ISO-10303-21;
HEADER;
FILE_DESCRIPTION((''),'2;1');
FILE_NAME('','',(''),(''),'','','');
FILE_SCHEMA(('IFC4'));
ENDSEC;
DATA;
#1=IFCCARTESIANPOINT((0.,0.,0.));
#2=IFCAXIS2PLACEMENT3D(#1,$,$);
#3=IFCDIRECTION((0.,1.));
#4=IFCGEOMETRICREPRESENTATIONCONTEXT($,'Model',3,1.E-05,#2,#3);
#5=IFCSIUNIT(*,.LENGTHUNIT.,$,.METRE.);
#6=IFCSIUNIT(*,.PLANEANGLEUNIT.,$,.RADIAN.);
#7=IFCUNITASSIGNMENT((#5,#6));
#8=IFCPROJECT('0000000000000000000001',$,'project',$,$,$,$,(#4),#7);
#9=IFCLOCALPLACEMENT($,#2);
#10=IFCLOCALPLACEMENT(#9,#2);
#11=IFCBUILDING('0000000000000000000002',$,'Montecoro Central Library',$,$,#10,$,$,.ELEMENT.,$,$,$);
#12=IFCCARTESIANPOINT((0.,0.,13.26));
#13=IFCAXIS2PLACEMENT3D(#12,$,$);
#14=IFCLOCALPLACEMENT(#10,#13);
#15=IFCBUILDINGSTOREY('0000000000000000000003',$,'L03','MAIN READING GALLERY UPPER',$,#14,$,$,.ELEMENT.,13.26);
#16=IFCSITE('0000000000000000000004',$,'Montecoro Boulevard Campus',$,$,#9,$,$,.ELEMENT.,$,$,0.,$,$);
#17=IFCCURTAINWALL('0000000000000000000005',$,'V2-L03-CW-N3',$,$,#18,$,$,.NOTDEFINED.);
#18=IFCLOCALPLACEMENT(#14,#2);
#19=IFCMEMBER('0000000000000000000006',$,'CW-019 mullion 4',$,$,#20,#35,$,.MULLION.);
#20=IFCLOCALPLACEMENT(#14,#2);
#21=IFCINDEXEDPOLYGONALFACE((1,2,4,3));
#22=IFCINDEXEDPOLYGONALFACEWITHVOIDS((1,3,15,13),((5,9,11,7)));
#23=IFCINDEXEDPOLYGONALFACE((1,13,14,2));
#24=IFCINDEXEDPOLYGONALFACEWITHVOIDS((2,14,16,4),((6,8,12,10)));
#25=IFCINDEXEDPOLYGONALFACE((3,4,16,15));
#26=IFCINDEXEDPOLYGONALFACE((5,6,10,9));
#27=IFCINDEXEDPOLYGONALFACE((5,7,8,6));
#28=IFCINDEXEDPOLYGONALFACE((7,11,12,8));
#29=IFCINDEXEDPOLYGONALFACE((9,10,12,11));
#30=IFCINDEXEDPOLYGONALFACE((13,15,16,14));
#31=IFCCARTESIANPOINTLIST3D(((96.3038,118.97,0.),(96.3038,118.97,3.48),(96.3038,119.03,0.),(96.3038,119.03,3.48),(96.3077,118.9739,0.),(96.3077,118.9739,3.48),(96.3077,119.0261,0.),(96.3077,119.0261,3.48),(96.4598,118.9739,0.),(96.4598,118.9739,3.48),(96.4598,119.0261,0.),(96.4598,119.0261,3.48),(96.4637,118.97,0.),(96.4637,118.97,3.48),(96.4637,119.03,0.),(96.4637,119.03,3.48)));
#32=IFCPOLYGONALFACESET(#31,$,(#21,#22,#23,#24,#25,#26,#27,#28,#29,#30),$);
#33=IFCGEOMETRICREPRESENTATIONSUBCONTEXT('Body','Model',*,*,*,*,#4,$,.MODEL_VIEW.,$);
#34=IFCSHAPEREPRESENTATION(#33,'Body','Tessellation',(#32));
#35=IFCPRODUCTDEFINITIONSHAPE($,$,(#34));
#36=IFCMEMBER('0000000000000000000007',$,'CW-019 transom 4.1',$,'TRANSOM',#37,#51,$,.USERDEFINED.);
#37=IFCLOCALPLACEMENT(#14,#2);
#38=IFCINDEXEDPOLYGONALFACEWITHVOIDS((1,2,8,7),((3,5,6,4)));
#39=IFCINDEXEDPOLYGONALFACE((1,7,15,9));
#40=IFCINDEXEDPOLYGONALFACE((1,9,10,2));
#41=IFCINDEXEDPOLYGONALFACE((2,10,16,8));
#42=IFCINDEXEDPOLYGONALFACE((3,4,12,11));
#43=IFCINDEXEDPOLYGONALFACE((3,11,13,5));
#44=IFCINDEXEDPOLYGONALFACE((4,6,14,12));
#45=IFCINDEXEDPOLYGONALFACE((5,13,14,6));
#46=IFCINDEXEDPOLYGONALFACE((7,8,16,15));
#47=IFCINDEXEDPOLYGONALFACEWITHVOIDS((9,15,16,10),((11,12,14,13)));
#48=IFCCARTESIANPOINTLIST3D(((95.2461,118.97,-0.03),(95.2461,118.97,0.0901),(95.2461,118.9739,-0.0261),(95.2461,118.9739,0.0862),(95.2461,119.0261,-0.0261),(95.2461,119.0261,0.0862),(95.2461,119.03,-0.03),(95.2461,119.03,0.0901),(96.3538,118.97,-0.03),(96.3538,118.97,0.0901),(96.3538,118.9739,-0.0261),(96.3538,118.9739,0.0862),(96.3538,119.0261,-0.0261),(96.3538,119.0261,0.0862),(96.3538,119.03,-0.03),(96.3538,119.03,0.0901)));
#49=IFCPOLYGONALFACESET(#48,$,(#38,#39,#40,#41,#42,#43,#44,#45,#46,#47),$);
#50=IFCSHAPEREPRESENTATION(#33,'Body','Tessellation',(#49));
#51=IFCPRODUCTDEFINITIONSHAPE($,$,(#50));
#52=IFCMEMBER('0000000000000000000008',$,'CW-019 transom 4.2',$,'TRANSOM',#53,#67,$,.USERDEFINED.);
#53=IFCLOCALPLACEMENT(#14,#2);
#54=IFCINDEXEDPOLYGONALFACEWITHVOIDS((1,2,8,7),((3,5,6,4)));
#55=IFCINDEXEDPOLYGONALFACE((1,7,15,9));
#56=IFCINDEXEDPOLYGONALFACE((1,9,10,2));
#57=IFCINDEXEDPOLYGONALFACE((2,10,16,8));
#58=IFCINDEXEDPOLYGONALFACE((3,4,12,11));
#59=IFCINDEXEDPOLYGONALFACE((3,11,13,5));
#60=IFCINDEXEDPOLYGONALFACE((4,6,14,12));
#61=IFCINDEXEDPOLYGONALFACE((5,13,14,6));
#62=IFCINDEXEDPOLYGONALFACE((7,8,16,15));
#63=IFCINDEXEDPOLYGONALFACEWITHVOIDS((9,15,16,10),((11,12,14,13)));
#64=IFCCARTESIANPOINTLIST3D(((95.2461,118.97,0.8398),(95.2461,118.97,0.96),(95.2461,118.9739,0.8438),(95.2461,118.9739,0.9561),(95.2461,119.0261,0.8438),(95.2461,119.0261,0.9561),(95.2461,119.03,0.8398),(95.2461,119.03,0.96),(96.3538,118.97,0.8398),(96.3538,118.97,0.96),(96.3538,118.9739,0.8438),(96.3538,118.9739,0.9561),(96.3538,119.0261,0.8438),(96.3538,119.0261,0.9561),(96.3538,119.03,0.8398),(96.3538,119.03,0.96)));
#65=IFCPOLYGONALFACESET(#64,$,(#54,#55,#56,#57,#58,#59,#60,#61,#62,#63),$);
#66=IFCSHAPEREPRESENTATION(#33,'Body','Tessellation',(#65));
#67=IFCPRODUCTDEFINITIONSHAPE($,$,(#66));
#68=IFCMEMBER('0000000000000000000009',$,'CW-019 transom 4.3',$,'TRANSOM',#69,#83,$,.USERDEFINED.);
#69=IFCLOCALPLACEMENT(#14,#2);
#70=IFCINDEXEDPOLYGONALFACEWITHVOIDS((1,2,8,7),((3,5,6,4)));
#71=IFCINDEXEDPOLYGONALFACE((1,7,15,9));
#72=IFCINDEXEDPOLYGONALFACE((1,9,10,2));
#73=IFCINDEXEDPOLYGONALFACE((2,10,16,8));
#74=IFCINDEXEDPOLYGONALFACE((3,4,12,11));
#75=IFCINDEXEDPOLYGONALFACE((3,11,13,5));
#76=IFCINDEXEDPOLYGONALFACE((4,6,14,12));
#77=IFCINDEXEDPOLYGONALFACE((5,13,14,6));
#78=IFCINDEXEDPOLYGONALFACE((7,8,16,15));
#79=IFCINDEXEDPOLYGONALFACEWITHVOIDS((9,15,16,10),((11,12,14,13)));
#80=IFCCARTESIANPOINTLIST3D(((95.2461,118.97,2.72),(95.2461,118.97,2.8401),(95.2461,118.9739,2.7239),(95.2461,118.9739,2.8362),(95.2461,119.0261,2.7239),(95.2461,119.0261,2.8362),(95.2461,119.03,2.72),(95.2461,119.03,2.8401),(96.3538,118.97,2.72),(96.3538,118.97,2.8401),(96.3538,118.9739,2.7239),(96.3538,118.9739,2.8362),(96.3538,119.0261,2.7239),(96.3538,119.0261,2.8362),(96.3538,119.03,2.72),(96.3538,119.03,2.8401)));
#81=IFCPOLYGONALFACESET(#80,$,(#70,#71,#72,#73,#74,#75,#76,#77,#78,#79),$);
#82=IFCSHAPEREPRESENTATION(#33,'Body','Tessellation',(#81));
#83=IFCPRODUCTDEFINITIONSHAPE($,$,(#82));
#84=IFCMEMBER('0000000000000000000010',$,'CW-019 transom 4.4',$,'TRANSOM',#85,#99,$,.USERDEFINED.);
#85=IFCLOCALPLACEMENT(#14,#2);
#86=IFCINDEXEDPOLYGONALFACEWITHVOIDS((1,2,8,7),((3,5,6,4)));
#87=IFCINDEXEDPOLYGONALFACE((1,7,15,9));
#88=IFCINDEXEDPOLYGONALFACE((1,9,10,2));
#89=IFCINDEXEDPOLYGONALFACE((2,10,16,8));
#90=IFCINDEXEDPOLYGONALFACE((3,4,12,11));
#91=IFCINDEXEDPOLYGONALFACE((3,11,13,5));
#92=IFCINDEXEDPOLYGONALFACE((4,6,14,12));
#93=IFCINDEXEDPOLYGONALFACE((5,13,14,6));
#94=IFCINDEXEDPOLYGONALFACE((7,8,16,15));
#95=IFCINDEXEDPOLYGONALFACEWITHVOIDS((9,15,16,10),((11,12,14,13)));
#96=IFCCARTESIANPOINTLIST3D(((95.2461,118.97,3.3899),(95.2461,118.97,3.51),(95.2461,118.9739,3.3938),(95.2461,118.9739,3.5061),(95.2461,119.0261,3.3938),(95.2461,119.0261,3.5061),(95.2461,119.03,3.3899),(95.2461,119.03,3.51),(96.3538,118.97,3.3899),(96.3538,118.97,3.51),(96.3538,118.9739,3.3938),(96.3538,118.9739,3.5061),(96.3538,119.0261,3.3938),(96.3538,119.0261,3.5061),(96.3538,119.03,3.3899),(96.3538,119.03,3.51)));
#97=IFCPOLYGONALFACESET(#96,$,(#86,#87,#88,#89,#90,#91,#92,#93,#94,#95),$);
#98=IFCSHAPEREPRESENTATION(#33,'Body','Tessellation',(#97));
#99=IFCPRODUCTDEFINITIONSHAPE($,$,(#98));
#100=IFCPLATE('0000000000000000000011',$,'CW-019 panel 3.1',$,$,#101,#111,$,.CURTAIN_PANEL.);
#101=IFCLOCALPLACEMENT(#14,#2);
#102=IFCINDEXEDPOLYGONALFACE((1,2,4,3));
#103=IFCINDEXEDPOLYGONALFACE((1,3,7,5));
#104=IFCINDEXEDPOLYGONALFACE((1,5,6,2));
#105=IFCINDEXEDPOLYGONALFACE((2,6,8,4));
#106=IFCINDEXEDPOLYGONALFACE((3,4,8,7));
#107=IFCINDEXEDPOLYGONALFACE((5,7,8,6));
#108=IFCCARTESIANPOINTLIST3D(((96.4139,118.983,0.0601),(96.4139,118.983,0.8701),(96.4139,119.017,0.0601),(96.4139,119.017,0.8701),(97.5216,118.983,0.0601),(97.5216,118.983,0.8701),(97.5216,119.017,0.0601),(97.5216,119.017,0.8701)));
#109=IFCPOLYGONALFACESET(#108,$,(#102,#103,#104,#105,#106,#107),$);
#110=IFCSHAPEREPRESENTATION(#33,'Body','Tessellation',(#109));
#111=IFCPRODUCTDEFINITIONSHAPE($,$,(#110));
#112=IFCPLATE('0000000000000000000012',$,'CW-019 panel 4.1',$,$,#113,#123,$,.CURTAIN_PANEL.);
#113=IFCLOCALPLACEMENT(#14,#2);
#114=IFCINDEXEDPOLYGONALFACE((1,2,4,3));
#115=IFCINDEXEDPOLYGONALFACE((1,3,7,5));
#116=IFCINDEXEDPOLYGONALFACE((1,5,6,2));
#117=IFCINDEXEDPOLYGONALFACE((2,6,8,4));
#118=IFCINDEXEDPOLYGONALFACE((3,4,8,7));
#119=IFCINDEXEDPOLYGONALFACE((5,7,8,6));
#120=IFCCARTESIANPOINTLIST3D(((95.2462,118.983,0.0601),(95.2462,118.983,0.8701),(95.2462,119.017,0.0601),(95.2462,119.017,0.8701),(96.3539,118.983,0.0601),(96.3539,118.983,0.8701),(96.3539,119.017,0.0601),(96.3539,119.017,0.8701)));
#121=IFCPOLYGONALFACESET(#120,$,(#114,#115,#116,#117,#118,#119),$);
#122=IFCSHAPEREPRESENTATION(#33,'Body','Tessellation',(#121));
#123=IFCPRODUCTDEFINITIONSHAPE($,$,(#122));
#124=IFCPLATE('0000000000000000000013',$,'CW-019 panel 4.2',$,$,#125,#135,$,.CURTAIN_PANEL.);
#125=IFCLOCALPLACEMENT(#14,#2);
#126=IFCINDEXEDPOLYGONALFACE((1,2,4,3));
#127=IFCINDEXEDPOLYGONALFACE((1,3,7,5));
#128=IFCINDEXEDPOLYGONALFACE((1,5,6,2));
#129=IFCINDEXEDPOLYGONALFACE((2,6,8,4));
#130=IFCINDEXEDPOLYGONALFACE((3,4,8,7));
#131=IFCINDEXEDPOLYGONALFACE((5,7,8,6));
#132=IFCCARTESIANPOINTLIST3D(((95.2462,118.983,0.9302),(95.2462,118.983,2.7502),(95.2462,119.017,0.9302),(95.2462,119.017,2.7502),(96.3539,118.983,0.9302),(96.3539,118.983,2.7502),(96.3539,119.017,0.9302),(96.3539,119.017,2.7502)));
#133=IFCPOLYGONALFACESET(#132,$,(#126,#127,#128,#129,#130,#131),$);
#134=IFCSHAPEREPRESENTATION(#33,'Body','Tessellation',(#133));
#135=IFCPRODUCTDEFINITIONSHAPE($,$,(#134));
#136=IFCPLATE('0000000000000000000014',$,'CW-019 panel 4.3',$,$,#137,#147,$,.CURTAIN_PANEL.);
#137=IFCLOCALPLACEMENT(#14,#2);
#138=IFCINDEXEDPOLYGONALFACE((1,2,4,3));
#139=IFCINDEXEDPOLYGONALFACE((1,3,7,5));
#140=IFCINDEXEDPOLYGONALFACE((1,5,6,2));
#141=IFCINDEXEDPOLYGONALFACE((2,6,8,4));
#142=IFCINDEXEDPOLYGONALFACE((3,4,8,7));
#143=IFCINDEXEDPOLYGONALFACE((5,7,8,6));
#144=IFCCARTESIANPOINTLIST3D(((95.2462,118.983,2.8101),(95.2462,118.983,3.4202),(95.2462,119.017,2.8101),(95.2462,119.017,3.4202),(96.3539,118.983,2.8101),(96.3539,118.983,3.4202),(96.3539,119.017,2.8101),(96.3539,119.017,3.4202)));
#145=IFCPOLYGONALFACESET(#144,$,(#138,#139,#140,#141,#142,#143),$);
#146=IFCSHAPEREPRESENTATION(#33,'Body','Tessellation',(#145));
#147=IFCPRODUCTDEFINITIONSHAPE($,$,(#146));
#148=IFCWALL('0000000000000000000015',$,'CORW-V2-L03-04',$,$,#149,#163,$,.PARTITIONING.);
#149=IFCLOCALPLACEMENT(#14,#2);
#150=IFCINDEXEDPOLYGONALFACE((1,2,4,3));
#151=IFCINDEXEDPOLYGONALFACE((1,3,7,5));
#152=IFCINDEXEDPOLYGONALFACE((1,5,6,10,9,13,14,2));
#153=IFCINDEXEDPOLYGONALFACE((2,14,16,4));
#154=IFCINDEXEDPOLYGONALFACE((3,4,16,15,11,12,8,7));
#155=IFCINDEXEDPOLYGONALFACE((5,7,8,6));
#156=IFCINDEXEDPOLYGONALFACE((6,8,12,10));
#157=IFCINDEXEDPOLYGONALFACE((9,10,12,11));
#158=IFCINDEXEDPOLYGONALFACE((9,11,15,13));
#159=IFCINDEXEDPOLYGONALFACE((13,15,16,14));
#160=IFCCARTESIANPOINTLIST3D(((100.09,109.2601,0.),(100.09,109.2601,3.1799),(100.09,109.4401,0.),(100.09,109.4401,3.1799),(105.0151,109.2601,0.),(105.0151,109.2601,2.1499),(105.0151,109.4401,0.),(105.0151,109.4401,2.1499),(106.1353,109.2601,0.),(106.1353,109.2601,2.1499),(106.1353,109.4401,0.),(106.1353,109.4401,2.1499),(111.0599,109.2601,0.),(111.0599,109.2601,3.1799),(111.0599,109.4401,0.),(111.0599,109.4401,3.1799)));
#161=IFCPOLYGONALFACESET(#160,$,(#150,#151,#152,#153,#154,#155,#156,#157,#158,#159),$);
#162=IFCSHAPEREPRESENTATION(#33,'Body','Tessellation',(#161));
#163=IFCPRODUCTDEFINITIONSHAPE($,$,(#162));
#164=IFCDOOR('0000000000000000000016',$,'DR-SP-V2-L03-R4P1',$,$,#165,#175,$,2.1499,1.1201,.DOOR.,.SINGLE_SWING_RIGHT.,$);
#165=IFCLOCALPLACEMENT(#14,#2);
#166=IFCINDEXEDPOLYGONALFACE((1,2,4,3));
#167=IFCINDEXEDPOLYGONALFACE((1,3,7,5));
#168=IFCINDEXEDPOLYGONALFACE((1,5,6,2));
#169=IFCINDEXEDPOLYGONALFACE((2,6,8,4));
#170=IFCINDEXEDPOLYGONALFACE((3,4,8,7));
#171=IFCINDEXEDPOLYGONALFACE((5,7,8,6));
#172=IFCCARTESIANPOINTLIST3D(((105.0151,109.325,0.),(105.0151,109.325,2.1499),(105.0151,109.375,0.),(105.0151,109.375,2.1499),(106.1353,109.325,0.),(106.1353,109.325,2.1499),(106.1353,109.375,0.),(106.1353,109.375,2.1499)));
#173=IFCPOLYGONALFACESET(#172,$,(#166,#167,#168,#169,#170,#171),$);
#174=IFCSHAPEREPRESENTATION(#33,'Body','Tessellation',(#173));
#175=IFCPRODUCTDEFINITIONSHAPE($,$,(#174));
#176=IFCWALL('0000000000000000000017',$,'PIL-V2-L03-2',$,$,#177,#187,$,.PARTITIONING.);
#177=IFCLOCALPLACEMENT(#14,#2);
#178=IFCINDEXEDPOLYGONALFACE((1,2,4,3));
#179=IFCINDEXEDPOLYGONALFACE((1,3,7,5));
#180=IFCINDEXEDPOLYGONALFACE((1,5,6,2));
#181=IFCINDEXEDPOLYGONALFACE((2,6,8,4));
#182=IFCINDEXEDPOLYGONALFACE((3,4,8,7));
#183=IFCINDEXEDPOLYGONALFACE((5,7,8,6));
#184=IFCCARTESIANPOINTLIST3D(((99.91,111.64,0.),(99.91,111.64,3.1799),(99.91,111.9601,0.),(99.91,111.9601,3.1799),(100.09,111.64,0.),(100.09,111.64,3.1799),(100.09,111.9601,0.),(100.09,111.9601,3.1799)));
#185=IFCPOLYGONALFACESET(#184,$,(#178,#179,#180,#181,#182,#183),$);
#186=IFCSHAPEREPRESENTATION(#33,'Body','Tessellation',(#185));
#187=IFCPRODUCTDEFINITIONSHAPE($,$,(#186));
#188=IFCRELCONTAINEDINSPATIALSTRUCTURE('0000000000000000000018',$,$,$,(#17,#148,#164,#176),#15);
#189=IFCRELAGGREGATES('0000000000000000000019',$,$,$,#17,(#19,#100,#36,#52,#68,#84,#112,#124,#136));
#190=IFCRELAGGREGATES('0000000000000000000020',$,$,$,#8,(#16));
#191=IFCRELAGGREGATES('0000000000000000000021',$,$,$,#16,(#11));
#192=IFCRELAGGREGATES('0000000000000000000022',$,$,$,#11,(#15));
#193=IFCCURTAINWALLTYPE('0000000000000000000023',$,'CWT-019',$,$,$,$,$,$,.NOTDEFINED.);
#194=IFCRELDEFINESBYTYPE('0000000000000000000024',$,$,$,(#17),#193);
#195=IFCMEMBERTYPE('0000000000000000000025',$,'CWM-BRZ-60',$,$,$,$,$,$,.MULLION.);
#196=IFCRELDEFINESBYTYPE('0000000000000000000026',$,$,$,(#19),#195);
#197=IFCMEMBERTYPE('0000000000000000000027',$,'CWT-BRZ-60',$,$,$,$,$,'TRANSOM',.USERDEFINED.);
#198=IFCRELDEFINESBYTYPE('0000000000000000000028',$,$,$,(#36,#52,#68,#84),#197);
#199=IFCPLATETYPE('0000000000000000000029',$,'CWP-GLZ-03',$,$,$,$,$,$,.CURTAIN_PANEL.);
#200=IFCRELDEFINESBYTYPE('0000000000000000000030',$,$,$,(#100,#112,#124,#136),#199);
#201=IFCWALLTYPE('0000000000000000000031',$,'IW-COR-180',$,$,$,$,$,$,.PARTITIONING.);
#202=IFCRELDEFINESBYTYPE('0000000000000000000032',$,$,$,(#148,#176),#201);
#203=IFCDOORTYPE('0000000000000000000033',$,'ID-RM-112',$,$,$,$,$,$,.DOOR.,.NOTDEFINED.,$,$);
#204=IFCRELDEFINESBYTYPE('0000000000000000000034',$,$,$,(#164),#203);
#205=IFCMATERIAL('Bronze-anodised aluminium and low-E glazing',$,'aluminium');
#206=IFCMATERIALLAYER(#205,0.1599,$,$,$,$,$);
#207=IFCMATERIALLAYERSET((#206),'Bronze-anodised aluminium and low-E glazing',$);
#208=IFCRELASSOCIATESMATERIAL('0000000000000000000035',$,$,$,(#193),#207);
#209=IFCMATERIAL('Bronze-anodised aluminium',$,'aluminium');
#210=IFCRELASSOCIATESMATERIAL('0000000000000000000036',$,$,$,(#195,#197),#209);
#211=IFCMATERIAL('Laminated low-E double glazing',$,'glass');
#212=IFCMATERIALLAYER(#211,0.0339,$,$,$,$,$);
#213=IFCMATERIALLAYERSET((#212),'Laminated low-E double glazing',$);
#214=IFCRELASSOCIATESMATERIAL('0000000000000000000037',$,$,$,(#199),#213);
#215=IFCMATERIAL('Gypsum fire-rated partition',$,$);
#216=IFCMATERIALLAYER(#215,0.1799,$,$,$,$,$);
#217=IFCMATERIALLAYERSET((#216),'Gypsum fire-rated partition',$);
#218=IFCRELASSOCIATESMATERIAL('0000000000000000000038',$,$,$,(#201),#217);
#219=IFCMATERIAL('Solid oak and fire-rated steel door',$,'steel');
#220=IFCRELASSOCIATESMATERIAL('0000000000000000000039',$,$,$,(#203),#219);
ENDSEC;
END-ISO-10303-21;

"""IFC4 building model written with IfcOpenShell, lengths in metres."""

from ifc_helpers import new_model, si_unit, direction, frame, frame_2d, origin, origin_2d, place, context, subcontext, project, spatial, rectangle, hollow_rectangle, extrude, material, layer, layer_set, material_profile, profile_set, type_object, element, fill, aggregate, save


model = new_model("IFC4")

# Units and contexts
model_context = context("Model", 3, precision=1e-05, world=origin(), true_north=direction((0.0, 1.0)))
body_context = subcontext(model_context, "Body", "Model", "MODEL_VIEW")
ifc_project = project(units=[si_unit("LENGTHUNIT", "METRE"), si_unit("PLANEANGLEUNIT", "RADIAN")], contexts=[model_context])

# Site, building, storey
site_placement = place(None, origin())
site = spatial("IfcSite", under=ifc_project, at=site_placement, Name="Montecoro Boulevard Campus", CompositionType="ELEMENT", RefElevation=0.0)
building_placement = place(site_placement, origin())
building = spatial("IfcBuilding", under=site, at=building_placement, Name="Montecoro Central Library", CompositionType="ELEMENT")
storey_placement = place(building_placement, frame((0.0, 0.0, 13.26)))
storey = spatial("IfcBuildingStorey", under=building, at=storey_placement, Name="L03", Description="MAIN READING GALLERY UPPER", CompositionType="ELEMENT", Elevation=13.26)

# Curtain wall, members, plates
ifc_material_1 = material(Name="Bronze-anodised aluminium and low-E glazing", Category="aluminium")
ifc_layer_1 = layer(ifc_material_1, 0.1599)
ifc_layer_set_1 = layer_set([ifc_layer_1], Name="Bronze-anodised aluminium and low-E glazing")
curtain_wall_type = type_object("IfcCurtainWallType", Name="CWT-019", PredefinedType="NOTDEFINED", material=ifc_layer_set_1)
curtain_wall_placement = place(storey_placement, origin())
curtain_wall = element("IfcCurtainWall", 1, at=curtain_wall_placement, inside=storey, type_object=curtain_wall_type, Name="V2-L03-CW-N3", PredefinedType="NOTDEFINED")
ifc_material_2 = material(Name="Bronze-anodised aluminium", Category="aluminium")
ifc_material_profile_1 = material_profile(ifc_material_2, hollow_rectangle(XDim=0.0601, YDim=0.1599, WallThickness=0.0039, at=origin_2d()), Name="CWM 160x60x4.0")
ifc_profile_set_1 = profile_set([ifc_material_profile_1], Name="Bronze-anodised aluminium")
member_type_1 = type_object("IfcMemberType", Name="CWM-BRZ-60", PredefinedType="MULLION", material=ifc_profile_set_1)
member_1_placement = place(storey_placement, frame((96.3838, 119.0, 0.0), z_axis=(0.0, 0.0, 1.0), x_axis=(0.0, -1.0, 0.0)))
member_1 = element("IfcMember", 2, at=member_1_placement, type_object=member_type_1, Name="CW-019 mullion 4", PredefinedType="MULLION", context=body_context, shape_type="SweptSolid", body=[
    extrude(hollow_rectangle(XDim=0.0601, YDim=0.1599, WallThickness=0.0039, at=origin_2d()), origin(), (0.0, 0.0, 1.0), 3.48),
])
ifc_material_profile_2 = material_profile(ifc_material_2, hollow_rectangle(XDim=0.0601, YDim=0.1201, WallThickness=0.0039, at=origin_2d()), Name="CWT 120x60x4.0")
ifc_profile_set_2 = profile_set([ifc_material_profile_2], Name="Bronze-anodised aluminium")
member_type_2 = type_object("IfcMemberType", Name="CWT-BRZ-60", ElementType="TRANSOM", PredefinedType="USERDEFINED", material=ifc_profile_set_2)
member_2_placement = place(storey_placement, frame((96.3538, 119.0, 0.03), z_axis=(-1.0, 0.0, 0.0), x_axis=(0.0, -1.0, 0.0)))
member_2 = element("IfcMember", 3, at=member_2_placement, type_object=member_type_2, Name="CW-019 transom 4.1", ObjectType="TRANSOM", PredefinedType="USERDEFINED", context=body_context, shape_type="SweptSolid", body=[
    extrude(hollow_rectangle(XDim=0.0601, YDim=0.1201, WallThickness=0.0039, at=origin_2d()), origin(), (0.0, 0.0, 1.0), 1.1077),
])
member_3_placement = place(storey_placement, frame((96.3538, 119.0, 0.8999), z_axis=(-1.0, 0.0, 0.0), x_axis=(0.0, -1.0, 0.0)))
member_3 = element("IfcMember", 4, at=member_3_placement, type_object=member_type_2, Name="CW-019 transom 4.2", ObjectType="TRANSOM", PredefinedType="USERDEFINED", context=body_context, shape_type="SweptSolid", body=[
    extrude(hollow_rectangle(XDim=0.0601, YDim=0.1201, WallThickness=0.0039, at=origin_2d()), origin(), (0.0, 0.0, 1.0), 1.1077),
])
member_4_placement = place(storey_placement, frame((96.3538, 119.0, 2.78), z_axis=(-1.0, 0.0, 0.0), x_axis=(0.0, -1.0, 0.0)))
member_4 = element("IfcMember", 5, at=member_4_placement, type_object=member_type_2, Name="CW-019 transom 4.3", ObjectType="TRANSOM", PredefinedType="USERDEFINED", context=body_context, shape_type="SweptSolid", body=[
    extrude(hollow_rectangle(XDim=0.0601, YDim=0.1201, WallThickness=0.0039, at=origin_2d()), origin(), (0.0, 0.0, 1.0), 1.1077),
])
member_5_placement = place(storey_placement, frame((96.3538, 119.0, 3.45), z_axis=(-1.0, 0.0, 0.0), x_axis=(0.0, -1.0, 0.0)))
member_5 = element("IfcMember", 6, at=member_5_placement, type_object=member_type_2, Name="CW-019 transom 4.4", ObjectType="TRANSOM", PredefinedType="USERDEFINED", context=body_context, shape_type="SweptSolid", body=[
    extrude(hollow_rectangle(XDim=0.0601, YDim=0.1201, WallThickness=0.0039, at=origin_2d()), origin(), (0.0, 0.0, 1.0), 1.1077),
])
ifc_material_3 = material(Name="Laminated low-E double glazing", Category="glass")
ifc_layer_2 = layer(ifc_material_3, 0.0339)
ifc_layer_set_2 = layer_set([ifc_layer_2], Name="Laminated low-E double glazing")
plate_type = type_object("IfcPlateType", Name="CWP-GLZ-03", PredefinedType="CURTAIN_PANEL", material=ifc_layer_set_2)
plate_1_placement = place(storey_placement, frame((96.9678, 119.0, 0.0601), z_axis=(0.0, 0.0, 1.0), x_axis=(-1.0, 0.0, 0.0)))
plate_1 = element("IfcPlate", 7, at=plate_1_placement, type_object=plate_type, Name="CW-019 panel 3.1", PredefinedType="CURTAIN_PANEL", context=body_context, shape_type="SweptSolid", body=[
    extrude(rectangle(XDim=1.1077, YDim=0.0339, at=origin_2d()), origin(), (0.0, 0.0, 1.0), 0.8101),
])
plate_2_placement = place(storey_placement, frame((95.8, 119.0, 0.0601), z_axis=(0.0, 0.0, 1.0), x_axis=(-1.0, 0.0, 0.0)))
plate_2 = element("IfcPlate", 8, at=plate_2_placement, type_object=plate_type, Name="CW-019 panel 4.1", PredefinedType="CURTAIN_PANEL", context=body_context, shape_type="SweptSolid", body=[
    extrude(rectangle(XDim=1.1077, YDim=0.0339, at=origin_2d()), origin(), (0.0, 0.0, 1.0), 0.8101),
])
plate_3_placement = place(storey_placement, frame((95.8, 119.0, 0.9302), z_axis=(0.0, 0.0, 1.0), x_axis=(-1.0, 0.0, 0.0)))
plate_3 = element("IfcPlate", 9, at=plate_3_placement, type_object=plate_type, Name="CW-019 panel 4.2", PredefinedType="CURTAIN_PANEL", context=body_context, shape_type="SweptSolid", body=[
    extrude(rectangle(XDim=1.1077, YDim=0.0339, at=origin_2d()), origin(), (0.0, 0.0, 1.0), 1.8201),
])
plate_4_placement = place(storey_placement, frame((95.8, 119.0, 2.8101), z_axis=(0.0, 0.0, 1.0), x_axis=(-1.0, 0.0, 0.0)))
plate_4 = element("IfcPlate", 10, at=plate_4_placement, type_object=plate_type, Name="CW-019 panel 4.3", PredefinedType="CURTAIN_PANEL", context=body_context, shape_type="SweptSolid", body=[
    extrude(rectangle(XDim=1.1077, YDim=0.0339, at=origin_2d()), origin(), (0.0, 0.0, 1.0), 0.6101),
])
aggregate(curtain_wall, [member_1, plate_1, member_2, member_3, member_4, member_5, plate_2, plate_3, plate_4])

# Wall, opening, door
ifc_material_4 = material(Name="Gypsum fire-rated partition")
ifc_layer_3 = layer(ifc_material_4, 0.1799)
ifc_layer_set_3 = layer_set([ifc_layer_3], Name="Gypsum fire-rated partition")
wall_type_1 = type_object("IfcWallType", Name="IW-COR-180", PredefinedType="PARTITIONING", material=ifc_layer_set_3)
wall_1_placement = place(storey_placement, frame((100.0901, 109.3501, 0.0), z_axis=(0.0, 0.0, 1.0), x_axis=(1.0, 0.0, 0.0)))
wall_1 = element("IfcWall", 11, at=wall_1_placement, inside=storey, type_object=wall_type_1, Name="CORW-V2-L03-04", PredefinedType="PARTITIONING", context=body_context, shape_type="SweptSolid", body=[
    extrude(rectangle(XDim=10.97, YDim=0.1799, at=frame_2d((5.4849, 0.0))), origin(), (0.0, 0.0, 1.0), 3.1799),
])
opening_1_placement = place(wall_1_placement, frame((4.925, 0.0, 0.0)))
opening_1 = element("IfcOpeningElement", 12, at=opening_1_placement, cuts=wall_1, PredefinedType="OPENING", context=body_context, shape_type="SweptSolid", body=[
    extrude(rectangle(XDim=1.1201, YDim=2.1499, at=frame_2d((0.5601, 1.075))), frame((0.0, 0.0999, 0.0), z_axis=(0.0, -1.0, 0.0), x_axis=(1.0, 0.0, 0.0)), (0.0, 0.0, 1.0), 0.2),
])
ifc_material_5 = material(Name="Solid oak and fire-rated steel door", Category="steel")
door_type_1 = type_object("IfcDoorType", Name="ID-RM-112", OperationType="NOTDEFINED", PredefinedType="DOOR", material=ifc_material_5)
door_1_placement = place(opening_1_placement, origin())
door_1 = element("IfcDoor", 13, at=door_1_placement, inside=storey, type_object=door_type_1, Name="DR-SP-V2-L03-R4P1", OperationType="SINGLE_SWING_RIGHT", OverallHeight=2.1499, OverallWidth=1.1201, PredefinedType="DOOR", context=body_context, shape_type="SweptSolid", body=[
    extrude(rectangle(XDim=1.1201, YDim=2.1499, at=frame_2d((0.5601, 1.075))), frame((0.0, 0.0249, 0.0), z_axis=(0.0, -1.0, 0.0), x_axis=(1.0, 0.0, 0.0)), (0.0, 0.0, 1.0), 0.05),
])
fill(opening_1, door_1)

# Wall
wall_2_placement = place(storey_placement, frame((100.0, 111.6399, 0.0), z_axis=(0.0, 0.0, 1.0), x_axis=(0.0, 1.0, 0.0)))
element("IfcWall", 14, at=wall_2_placement, inside=storey, type_object=wall_type_1, Name="PIL-V2-L03-2", PredefinedType="PARTITIONING", context=body_context, shape_type="SweptSolid", body=[
    extrude(rectangle(XDim=0.3201, YDim=0.1799, at=frame_2d((0.1602, 0.0))), origin(), (0.0, 0.0, 1.0), 3.1799),
])

save(model, "model.ifc")
